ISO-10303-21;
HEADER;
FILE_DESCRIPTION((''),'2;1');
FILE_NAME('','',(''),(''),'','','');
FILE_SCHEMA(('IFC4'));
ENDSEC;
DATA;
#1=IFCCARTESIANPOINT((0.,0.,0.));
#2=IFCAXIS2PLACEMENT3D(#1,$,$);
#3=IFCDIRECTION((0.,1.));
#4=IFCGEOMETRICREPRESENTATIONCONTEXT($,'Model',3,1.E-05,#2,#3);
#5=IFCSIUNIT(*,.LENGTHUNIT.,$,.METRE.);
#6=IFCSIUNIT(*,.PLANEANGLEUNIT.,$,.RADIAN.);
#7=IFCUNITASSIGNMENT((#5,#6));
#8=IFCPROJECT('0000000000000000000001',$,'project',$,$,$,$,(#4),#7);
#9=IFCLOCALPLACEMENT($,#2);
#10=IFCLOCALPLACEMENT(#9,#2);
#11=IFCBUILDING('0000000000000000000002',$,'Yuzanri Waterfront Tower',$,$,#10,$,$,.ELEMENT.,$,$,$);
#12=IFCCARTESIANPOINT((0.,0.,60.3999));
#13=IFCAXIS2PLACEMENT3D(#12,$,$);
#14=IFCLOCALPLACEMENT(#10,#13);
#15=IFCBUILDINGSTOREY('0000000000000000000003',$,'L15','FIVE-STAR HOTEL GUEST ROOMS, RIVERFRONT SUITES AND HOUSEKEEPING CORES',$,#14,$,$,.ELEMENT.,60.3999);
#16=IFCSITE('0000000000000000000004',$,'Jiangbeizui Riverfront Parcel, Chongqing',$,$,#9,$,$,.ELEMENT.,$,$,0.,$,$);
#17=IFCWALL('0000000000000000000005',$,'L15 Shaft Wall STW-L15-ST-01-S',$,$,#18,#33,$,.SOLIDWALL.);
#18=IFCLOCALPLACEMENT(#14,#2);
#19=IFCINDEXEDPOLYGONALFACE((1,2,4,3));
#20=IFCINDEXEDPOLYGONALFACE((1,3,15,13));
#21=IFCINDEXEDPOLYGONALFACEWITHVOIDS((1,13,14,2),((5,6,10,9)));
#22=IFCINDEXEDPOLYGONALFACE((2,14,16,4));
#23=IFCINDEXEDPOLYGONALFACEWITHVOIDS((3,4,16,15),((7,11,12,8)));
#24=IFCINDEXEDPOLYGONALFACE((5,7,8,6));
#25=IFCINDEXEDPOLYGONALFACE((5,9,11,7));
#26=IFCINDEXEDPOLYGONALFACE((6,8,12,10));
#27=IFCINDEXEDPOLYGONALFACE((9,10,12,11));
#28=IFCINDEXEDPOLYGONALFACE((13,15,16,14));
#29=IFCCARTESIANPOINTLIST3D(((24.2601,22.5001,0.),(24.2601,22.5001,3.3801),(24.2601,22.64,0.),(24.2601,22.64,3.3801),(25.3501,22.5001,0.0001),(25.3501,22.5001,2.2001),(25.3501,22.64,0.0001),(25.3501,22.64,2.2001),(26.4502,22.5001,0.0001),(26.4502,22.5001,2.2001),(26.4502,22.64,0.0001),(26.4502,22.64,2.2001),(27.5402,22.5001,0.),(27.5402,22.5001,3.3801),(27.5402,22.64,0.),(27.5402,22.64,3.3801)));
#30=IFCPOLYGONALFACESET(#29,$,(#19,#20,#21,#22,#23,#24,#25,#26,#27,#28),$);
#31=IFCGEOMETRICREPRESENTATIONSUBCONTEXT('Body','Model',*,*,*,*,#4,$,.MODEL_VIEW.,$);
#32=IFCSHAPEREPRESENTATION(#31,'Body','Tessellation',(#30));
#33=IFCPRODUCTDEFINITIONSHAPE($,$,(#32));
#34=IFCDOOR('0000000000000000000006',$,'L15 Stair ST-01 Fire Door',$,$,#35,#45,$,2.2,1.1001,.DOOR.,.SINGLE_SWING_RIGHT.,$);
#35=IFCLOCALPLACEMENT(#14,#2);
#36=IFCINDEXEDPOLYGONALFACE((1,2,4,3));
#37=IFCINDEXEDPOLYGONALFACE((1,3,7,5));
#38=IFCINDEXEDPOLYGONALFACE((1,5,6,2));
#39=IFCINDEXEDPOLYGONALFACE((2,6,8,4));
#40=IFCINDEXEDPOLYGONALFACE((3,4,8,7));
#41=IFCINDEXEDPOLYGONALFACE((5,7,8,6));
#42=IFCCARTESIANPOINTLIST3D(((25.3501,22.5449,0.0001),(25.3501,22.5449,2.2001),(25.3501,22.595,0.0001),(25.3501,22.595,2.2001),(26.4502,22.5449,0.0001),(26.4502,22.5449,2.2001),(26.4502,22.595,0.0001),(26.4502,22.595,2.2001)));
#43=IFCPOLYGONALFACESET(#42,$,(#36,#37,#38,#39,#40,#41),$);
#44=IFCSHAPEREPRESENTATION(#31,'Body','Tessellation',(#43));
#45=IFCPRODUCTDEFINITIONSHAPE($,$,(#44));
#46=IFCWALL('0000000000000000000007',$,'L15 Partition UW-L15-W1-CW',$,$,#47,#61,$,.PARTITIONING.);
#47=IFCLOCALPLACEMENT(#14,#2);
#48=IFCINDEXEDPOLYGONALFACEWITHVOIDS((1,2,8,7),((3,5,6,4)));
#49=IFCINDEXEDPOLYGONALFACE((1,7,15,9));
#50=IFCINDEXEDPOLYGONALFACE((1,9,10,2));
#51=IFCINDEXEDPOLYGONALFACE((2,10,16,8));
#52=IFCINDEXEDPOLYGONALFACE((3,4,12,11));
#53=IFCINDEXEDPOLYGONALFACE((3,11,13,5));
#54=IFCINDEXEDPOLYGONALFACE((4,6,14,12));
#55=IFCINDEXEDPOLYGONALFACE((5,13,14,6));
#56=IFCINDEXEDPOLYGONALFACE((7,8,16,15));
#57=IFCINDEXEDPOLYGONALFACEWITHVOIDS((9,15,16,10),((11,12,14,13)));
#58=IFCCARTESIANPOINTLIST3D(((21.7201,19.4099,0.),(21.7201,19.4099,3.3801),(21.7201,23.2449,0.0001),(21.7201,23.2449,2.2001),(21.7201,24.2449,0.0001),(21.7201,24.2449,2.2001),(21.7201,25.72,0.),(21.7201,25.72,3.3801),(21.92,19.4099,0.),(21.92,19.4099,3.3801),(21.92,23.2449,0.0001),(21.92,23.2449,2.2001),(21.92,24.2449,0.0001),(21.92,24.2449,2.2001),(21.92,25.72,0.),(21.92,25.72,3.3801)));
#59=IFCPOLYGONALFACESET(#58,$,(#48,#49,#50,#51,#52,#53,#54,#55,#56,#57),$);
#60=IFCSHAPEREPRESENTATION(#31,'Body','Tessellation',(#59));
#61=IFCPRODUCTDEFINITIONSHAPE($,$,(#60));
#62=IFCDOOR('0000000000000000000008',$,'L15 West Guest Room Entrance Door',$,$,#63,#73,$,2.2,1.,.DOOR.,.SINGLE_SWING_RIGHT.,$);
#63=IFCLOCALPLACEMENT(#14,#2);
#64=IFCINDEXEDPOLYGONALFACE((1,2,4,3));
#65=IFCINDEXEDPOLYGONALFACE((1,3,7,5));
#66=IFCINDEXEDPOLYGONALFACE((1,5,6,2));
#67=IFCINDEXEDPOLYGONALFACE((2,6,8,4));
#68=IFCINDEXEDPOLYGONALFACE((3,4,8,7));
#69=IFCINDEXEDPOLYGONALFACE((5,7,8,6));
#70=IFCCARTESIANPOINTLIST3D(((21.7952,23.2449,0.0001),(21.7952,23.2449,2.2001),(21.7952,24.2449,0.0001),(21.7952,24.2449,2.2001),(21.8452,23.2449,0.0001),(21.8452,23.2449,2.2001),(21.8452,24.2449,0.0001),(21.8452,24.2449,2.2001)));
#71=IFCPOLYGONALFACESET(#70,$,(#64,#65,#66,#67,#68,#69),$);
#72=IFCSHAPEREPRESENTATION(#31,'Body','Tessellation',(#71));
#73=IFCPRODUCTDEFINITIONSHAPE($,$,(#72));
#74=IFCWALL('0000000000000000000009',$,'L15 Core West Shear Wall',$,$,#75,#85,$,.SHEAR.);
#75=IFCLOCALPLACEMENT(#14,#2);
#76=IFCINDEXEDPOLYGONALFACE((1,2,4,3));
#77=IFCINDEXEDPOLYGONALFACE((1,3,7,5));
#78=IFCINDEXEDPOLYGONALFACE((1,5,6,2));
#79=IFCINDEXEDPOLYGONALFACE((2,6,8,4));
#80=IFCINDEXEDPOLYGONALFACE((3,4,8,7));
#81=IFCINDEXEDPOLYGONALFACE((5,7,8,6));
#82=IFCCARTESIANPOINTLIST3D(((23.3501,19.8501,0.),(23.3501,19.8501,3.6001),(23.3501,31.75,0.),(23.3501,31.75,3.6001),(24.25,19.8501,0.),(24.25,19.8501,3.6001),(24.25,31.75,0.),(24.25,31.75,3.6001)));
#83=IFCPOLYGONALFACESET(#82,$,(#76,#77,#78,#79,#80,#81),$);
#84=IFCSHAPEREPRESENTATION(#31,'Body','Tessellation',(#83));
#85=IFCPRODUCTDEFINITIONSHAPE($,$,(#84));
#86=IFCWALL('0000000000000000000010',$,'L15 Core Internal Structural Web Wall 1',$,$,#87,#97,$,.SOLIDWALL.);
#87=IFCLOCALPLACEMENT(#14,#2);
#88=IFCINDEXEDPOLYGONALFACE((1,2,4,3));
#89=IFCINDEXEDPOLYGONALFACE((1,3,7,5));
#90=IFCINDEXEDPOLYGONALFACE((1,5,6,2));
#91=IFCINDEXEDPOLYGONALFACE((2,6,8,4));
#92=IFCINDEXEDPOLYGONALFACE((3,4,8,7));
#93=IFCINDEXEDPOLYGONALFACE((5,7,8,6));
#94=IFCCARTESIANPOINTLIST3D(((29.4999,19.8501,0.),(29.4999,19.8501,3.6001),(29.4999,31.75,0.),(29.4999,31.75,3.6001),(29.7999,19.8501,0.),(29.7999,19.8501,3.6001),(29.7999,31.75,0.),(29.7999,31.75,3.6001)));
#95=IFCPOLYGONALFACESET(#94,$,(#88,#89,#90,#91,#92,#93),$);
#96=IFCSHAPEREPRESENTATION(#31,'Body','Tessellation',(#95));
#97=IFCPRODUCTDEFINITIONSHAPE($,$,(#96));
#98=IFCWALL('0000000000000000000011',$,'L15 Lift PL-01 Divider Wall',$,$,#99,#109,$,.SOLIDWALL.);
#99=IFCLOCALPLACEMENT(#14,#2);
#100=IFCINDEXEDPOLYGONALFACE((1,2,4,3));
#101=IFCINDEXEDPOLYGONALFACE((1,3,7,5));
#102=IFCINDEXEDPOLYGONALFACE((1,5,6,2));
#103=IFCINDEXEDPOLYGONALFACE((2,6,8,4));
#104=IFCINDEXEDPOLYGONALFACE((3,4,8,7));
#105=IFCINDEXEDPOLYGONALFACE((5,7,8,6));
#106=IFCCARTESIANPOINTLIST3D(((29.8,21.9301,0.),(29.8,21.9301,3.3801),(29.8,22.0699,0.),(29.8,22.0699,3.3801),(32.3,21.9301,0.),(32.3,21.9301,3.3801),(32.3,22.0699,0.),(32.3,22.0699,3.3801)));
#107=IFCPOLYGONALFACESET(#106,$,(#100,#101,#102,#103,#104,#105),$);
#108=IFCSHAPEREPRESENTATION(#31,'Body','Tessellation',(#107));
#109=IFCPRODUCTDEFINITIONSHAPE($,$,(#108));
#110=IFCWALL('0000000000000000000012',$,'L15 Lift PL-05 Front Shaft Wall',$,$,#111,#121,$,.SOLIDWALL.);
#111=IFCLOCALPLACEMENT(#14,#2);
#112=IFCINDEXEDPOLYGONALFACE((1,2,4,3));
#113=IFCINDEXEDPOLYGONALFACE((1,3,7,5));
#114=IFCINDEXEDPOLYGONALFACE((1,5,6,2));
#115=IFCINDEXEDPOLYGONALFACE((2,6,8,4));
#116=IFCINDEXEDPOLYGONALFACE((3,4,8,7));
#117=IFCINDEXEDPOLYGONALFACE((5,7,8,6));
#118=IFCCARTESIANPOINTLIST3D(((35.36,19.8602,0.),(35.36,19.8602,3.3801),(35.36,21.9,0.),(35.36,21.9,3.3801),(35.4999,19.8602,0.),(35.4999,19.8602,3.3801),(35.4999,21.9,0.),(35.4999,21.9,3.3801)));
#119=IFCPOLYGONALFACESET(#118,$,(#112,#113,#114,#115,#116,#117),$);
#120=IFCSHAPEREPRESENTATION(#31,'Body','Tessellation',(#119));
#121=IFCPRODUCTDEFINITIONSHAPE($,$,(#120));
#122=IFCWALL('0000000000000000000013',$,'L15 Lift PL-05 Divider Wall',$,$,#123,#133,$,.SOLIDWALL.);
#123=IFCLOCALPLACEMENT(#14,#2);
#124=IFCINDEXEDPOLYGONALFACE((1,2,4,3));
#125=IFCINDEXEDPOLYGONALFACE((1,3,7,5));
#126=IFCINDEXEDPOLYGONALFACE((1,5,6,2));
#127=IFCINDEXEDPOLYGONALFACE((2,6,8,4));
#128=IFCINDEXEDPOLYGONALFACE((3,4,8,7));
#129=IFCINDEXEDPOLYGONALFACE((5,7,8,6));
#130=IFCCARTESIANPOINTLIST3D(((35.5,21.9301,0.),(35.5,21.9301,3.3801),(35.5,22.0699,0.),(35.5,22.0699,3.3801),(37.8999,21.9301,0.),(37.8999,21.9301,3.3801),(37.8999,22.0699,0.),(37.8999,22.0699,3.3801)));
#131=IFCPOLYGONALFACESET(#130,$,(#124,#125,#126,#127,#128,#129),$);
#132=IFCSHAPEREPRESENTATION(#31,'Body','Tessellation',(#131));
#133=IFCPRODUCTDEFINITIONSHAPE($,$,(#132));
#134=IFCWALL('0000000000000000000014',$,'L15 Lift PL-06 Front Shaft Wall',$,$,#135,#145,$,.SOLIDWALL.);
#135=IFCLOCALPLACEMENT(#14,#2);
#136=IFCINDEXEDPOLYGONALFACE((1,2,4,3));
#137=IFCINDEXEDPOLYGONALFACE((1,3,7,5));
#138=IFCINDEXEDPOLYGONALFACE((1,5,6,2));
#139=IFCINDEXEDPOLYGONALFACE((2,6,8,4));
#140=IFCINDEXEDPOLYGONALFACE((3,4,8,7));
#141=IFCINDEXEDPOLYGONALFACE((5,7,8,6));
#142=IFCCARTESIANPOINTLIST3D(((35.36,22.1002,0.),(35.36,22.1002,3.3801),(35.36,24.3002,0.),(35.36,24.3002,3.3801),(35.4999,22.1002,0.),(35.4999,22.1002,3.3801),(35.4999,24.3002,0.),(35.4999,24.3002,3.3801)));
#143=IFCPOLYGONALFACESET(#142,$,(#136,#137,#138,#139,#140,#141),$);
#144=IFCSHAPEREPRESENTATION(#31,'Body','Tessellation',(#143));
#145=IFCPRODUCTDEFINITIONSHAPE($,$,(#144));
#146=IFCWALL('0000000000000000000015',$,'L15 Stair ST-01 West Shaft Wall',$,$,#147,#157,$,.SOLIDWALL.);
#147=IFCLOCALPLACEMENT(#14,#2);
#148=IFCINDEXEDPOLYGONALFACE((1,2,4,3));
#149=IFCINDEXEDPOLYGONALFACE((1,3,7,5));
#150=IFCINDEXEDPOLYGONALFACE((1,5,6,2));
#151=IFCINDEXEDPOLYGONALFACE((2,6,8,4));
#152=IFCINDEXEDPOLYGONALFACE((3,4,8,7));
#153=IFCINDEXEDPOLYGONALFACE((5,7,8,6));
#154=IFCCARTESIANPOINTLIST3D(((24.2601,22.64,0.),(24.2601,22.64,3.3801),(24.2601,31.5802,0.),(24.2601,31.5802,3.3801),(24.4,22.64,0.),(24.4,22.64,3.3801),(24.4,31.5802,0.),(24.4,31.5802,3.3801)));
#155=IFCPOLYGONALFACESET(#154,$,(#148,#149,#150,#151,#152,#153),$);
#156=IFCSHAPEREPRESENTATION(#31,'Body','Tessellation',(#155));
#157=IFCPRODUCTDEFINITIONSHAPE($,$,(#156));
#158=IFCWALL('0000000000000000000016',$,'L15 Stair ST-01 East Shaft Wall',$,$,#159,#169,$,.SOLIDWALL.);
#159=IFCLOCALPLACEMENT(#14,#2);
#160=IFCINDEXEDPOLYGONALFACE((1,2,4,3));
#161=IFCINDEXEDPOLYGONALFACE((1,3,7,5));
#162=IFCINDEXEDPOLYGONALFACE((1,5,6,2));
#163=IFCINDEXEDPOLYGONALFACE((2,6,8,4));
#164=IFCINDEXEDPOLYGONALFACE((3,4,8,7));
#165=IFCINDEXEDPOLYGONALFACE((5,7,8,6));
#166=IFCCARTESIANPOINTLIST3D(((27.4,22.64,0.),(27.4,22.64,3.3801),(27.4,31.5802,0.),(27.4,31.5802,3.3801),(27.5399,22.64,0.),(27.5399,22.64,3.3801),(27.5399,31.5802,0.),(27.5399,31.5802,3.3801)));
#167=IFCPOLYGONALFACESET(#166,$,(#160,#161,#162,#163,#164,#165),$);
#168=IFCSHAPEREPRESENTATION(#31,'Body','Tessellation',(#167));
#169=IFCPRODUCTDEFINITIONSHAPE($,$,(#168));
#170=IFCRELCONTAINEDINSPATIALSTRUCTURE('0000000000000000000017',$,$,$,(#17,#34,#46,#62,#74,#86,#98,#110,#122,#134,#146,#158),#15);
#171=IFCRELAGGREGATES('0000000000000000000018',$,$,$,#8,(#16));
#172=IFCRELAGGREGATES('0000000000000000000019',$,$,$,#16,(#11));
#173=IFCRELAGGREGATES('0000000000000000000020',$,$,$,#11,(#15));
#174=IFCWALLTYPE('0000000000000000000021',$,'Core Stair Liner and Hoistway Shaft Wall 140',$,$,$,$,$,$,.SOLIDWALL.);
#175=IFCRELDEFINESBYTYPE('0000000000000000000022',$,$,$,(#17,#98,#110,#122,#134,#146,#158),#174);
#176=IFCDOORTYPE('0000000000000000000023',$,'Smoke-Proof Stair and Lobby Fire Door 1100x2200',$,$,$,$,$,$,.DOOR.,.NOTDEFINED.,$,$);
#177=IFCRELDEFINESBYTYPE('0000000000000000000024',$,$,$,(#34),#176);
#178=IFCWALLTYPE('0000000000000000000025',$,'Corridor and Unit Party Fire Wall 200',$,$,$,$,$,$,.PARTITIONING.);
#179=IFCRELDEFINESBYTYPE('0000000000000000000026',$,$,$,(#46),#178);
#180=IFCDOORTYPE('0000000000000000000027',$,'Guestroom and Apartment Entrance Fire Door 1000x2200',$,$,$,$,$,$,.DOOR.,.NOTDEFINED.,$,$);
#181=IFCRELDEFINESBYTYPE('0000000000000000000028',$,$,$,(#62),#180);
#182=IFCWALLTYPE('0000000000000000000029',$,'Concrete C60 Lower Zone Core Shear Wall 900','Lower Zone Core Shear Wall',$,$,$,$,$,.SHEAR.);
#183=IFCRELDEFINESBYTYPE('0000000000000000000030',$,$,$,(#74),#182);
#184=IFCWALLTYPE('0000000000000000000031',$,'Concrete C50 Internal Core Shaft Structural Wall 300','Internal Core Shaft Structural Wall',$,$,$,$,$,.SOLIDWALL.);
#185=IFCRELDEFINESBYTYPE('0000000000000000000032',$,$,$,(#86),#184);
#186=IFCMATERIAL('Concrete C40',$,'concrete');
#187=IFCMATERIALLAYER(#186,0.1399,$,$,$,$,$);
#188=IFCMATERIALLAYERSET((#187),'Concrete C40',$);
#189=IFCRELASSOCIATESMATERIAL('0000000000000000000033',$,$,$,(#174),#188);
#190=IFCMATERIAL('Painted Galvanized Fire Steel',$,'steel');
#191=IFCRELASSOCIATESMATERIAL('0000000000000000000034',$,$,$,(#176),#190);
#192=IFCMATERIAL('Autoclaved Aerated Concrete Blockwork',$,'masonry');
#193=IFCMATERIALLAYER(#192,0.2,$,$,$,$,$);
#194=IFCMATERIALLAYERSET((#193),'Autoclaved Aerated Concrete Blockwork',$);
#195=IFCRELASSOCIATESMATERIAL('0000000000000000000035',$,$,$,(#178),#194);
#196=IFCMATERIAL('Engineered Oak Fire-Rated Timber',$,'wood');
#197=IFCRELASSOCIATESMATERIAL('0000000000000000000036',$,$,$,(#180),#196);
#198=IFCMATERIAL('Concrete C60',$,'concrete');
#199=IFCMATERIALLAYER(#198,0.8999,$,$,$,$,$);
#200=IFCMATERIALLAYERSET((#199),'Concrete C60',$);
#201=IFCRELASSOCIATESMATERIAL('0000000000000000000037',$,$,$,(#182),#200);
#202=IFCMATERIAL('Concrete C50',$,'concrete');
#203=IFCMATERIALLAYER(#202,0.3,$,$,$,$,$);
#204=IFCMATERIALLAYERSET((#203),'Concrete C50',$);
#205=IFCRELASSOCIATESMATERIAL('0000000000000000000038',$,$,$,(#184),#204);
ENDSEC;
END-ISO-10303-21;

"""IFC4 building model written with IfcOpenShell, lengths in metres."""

from ifc_helpers import new_model, si_unit, direction, frame, frame_2d, origin, place, context, subcontext, project, spatial, rectangle, extrude, source, transform, mapped, material, layer, layer_set, type_object, element, fill, save


model = new_model("IFC4")

# Units and contexts
model_context = context("Model", 3, precision=1e-05, world=origin(), true_north=direction((0.0, 1.0)))
body_context = subcontext(model_context, "Body", "Model", "MODEL_VIEW")
ifc_project = project(units=[si_unit("LENGTHUNIT", "METRE"), si_unit("PLANEANGLEUNIT", "RADIAN")], contexts=[model_context])

# Site, building, storey
site_placement = place(None, origin())
site = spatial("IfcSite", under=ifc_project, at=site_placement, Name="Jiangbeizui Riverfront Parcel, Chongqing", CompositionType="ELEMENT", RefElevation=0.0)
building_placement = place(site_placement, origin())
building = spatial("IfcBuilding", under=site, at=building_placement, Name="Yuzanri Waterfront Tower", CompositionType="ELEMENT")
storey_placement = place(building_placement, frame((0.0, 0.0, 60.3999)))
storey = spatial("IfcBuildingStorey", under=building, at=storey_placement, Name="L15", Description="FIVE-STAR HOTEL GUEST ROOMS, RIVERFRONT SUITES AND HOUSEKEEPING CORES", CompositionType="ELEMENT", Elevation=60.3999)

# Walls, openings, doors
ifc_material_1 = material(Name="Concrete C40", Category="concrete")
ifc_layer_1 = layer(ifc_material_1, 0.1399)
ifc_layer_set_1 = layer_set([ifc_layer_1], Name="Concrete C40")
wall_type_1 = type_object("IfcWallType", Name="Core Stair Liner and Hoistway Shaft Wall 140", PredefinedType="SOLIDWALL", material=ifc_layer_set_1)
wall_1_placement = place(storey_placement, frame((24.26, 22.5701, 0.0), z_axis=(0.0, 0.0, 1.0), x_axis=(1.0, 0.0, 0.0)))
wall_1 = element("IfcWall", 1, at=wall_1_placement, inside=storey, type_object=wall_type_1, Name="L15 Shaft Wall STW-L15-ST-01-S", PredefinedType="SOLIDWALL", context=body_context, shape_type="SweptSolid", body=[
    extrude(rectangle(XDim=3.28, YDim=0.1399, at=frame_2d((1.6401, 0.0))), origin(), (0.0, 0.0, 1.0), 3.3801),
])
opening_1_placement = place(wall_1_placement, frame((1.0901, 0.0, 0.0)))
opening_1 = element("IfcOpeningElement", 2, at=opening_1_placement, cuts=wall_1, PredefinedType="OPENING", context=body_context, shape_type="SweptSolid", body=[
    extrude(rectangle(XDim=1.1001, YDim=2.2, at=frame_2d((0.55, 1.1001))), frame((0.0, 0.085, 0.0), z_axis=(0.0, -1.0, 0.0), x_axis=(1.0, 0.0, 0.0)), (0.0, 0.0, 1.0), 0.1697),
])
ifc_material_2 = material(Name="Painted Galvanized Fire Steel", Category="steel")
door_type_1 = type_object("IfcDoorType", Name="Smoke-Proof Stair and Lobby Fire Door 1100x2200", OperationType="NOTDEFINED", PredefinedType="DOOR", material=ifc_material_2)
shared_shape_1 = source(origin(), body_context, "Body", "SweptSolid", [
    extrude(rectangle(XDim=1.1001, YDim=2.2, at=frame_2d((0.55, 1.1001))), frame((0.0, 0.0249, 0.0), z_axis=(0.0, -1.0, 0.0), x_axis=(1.0, 0.0, 0.0)), (0.0, 0.0, 1.0), 0.05),
])
door_1_placement = place(opening_1_placement, origin())
door_1 = element("IfcDoor", 3, at=door_1_placement, inside=storey, type_object=door_type_1, Name="L15 Stair ST-01 Fire Door", OperationType="SINGLE_SWING_RIGHT", OverallHeight=2.2, OverallWidth=1.1001, PredefinedType="DOOR", context=body_context, shape_type="MappedRepresentation", body=[
    mapped(shared_shape_1, transform((0.0, 0.0, 0.0), scale=1.0)),
])
fill(opening_1, door_1)
ifc_material_3 = material(Name="Autoclaved Aerated Concrete Blockwork", Category="masonry")
ifc_layer_2 = layer(ifc_material_3, 0.2)
ifc_layer_set_2 = layer_set([ifc_layer_2], Name="Autoclaved Aerated Concrete Blockwork")
wall_type_2 = type_object("IfcWallType", Name="Corridor and Unit Party Fire Wall 200", PredefinedType="PARTITIONING", material=ifc_layer_set_2)
wall_2_placement = place(storey_placement, frame((21.8201, 19.4099, 0.0), z_axis=(0.0, 0.0, 1.0), x_axis=(0.0, 1.0, 0.0)))
wall_2 = element("IfcWall", 4, at=wall_2_placement, inside=storey, type_object=wall_type_2, Name="L15 Partition UW-L15-W1-CW", PredefinedType="PARTITIONING", context=body_context, shape_type="SweptSolid", body=[
    extrude(rectangle(XDim=6.3101, YDim=0.2, at=frame_2d((3.155, 0.0))), origin(), (0.0, 0.0, 1.0), 3.3801),
])
opening_2_placement = place(wall_2_placement, frame((3.835, 0.0, 0.0)))
opening_2 = element("IfcOpeningElement", 5, at=opening_2_placement, cuts=wall_2, PredefinedType="OPENING", context=body_context, shape_type="SweptSolid", body=[
    extrude(rectangle(XDim=1.0, YDim=2.2, at=frame_2d((0.5, 1.1001))), frame((0.0, 0.1147, 0.0), z_axis=(0.0, -1.0, 0.0), x_axis=(1.0, 0.0, 0.0)), (0.0, 0.0, 1.0), 0.2297),
])
ifc_material_4 = material(Name="Engineered Oak Fire-Rated Timber", Category="wood")
door_type_2 = type_object("IfcDoorType", Name="Guestroom and Apartment Entrance Fire Door 1000x2200", OperationType="NOTDEFINED", PredefinedType="DOOR", material=ifc_material_4)
shared_shape_2 = source(origin(), body_context, "Body", "SweptSolid", [
    extrude(rectangle(XDim=1.0, YDim=2.2, at=frame_2d((0.5, 1.1001))), frame((0.0, 0.0249, 0.0), z_axis=(0.0, -1.0, 0.0), x_axis=(1.0, 0.0, 0.0)), (0.0, 0.0, 1.0), 0.05),
])
door_2_placement = place(opening_2_placement, origin())
door_2 = element("IfcDoor", 6, at=door_2_placement, inside=storey, type_object=door_type_2, Name="L15 West Guest Room Entrance Door", OperationType="SINGLE_SWING_RIGHT", OverallHeight=2.2, OverallWidth=1.0, PredefinedType="DOOR", context=body_context, shape_type="MappedRepresentation", body=[
    mapped(shared_shape_2, transform((0.0, 0.0, 0.0), scale=1.0)),
])
fill(opening_2, door_2)

# Walls
ifc_material_5 = material(Name="Concrete C60", Category="concrete")
ifc_layer_3 = layer(ifc_material_5, 0.8999)
ifc_layer_set_3 = layer_set([ifc_layer_3], Name="Concrete C60")
wall_type_3 = type_object("IfcWallType", Name="Concrete C60 Lower Zone Core Shear Wall 900", Description="Lower Zone Core Shear Wall", PredefinedType="SHEAR", material=ifc_layer_set_3)
shared_shape_3 = source(origin(), body_context, "Body", "SweptSolid", [
    extrude(rectangle(XDim=11.8999, YDim=0.8999, at=frame_2d((5.95, 0.0))), origin(), (0.0, 0.0, 1.0), 3.6001),
])
wall_3_placement = place(storey_placement, frame((23.8, 19.8501, 0.0), z_axis=(0.0, 0.0, 1.0), x_axis=(0.0, 1.0, 0.0)))
element("IfcWall", 7, at=wall_3_placement, inside=storey, type_object=wall_type_3, Name="L15 Core West Shear Wall", PredefinedType="SHEAR", context=body_context, shape_type="MappedRepresentation", body=[
    mapped(shared_shape_3, transform((0.0, 0.0, 0.0), scale=1.0)),
])
ifc_material_6 = material(Name="Concrete C50", Category="concrete")
ifc_layer_4 = layer(ifc_material_6, 0.3)
ifc_layer_set_4 = layer_set([ifc_layer_4], Name="Concrete C50")
wall_type_4 = type_object("IfcWallType", Name="Concrete C50 Internal Core Shaft Structural Wall 300", Description="Internal Core Shaft Structural Wall", PredefinedType="SOLIDWALL", material=ifc_layer_set_4)
shared_shape_4 = source(origin(), body_context, "Body", "SweptSolid", [
    extrude(rectangle(XDim=11.8999, YDim=0.3, at=frame_2d((5.95, 0.0))), origin(), (0.0, 0.0, 1.0), 3.6001),
])
wall_4_placement = place(storey_placement, frame((29.6499, 19.8501, 0.0), z_axis=(0.0, 0.0, 1.0), x_axis=(0.0, 1.0, 0.0)))
element("IfcWall", 8, at=wall_4_placement, inside=storey, type_object=wall_type_4, Name="L15 Core Internal Structural Web Wall 1", PredefinedType="SOLIDWALL", context=body_context, shape_type="MappedRepresentation", body=[
    mapped(shared_shape_4, transform((0.0, 0.0, 0.0), scale=1.0)),
])
shared_shape_5 = source(origin(), body_context, "Body", "SweptSolid", [
    extrude(rectangle(XDim=2.5, YDim=0.1399, at=frame_2d((1.25, 0.0))), origin(), (0.0, 0.0, 1.0), 3.3801),
])
wall_5_placement = place(storey_placement, frame((29.8, 22.0, 0.0), z_axis=(0.0, 0.0, 1.0), x_axis=(1.0, 0.0, 0.0)))
element("IfcWall", 9, at=wall_5_placement, inside=storey, type_object=wall_type_1, Name="L15 Lift PL-01 Divider Wall", PredefinedType="SOLIDWALL", context=body_context, shape_type="MappedRepresentation", body=[
    mapped(shared_shape_5, transform((0.0, 0.0, 0.0), scale=1.0)),
])
shared_shape_6 = source(origin(), body_context, "Body", "SweptSolid", [
    extrude(rectangle(XDim=2.0398, YDim=0.1399, at=frame_2d((1.02, 0.0))), origin(), (0.0, 0.0, 1.0), 3.3801),
])
wall_6_placement = place(storey_placement, frame((35.4299, 19.8601, 0.0), z_axis=(0.0, 0.0, 1.0), x_axis=(0.0, 1.0, 0.0)))
element("IfcWall", 10, at=wall_6_placement, inside=storey, type_object=wall_type_1, Name="L15 Lift PL-05 Front Shaft Wall", PredefinedType="SOLIDWALL", context=body_context, shape_type="MappedRepresentation", body=[
    mapped(shared_shape_6, transform((0.0, 0.0, 0.0), scale=1.0)),
])
shared_shape_7 = source(origin(), body_context, "Body", "SweptSolid", [
    extrude(rectangle(XDim=2.3999, YDim=0.1399, at=frame_2d((1.2, 0.0))), origin(), (0.0, 0.0, 1.0), 3.3801),
])
wall_7_placement = place(storey_placement, frame((35.5, 22.0, 0.0), z_axis=(0.0, 0.0, 1.0), x_axis=(1.0, 0.0, 0.0)))
element("IfcWall", 11, at=wall_7_placement, inside=storey, type_object=wall_type_1, Name="L15 Lift PL-05 Divider Wall", PredefinedType="SOLIDWALL", context=body_context, shape_type="MappedRepresentation", body=[
    mapped(shared_shape_7, transform((0.0, 0.0, 0.0), scale=1.0)),
])
shared_shape_8 = source(origin(), body_context, "Body", "SweptSolid", [
    extrude(rectangle(XDim=2.2, YDim=0.1399, at=frame_2d((1.1001, 0.0))), origin(), (0.0, 0.0, 1.0), 3.3801),
])
wall_8_placement = place(storey_placement, frame((35.4299, 22.1001, 0.0), z_axis=(0.0, 0.0, 1.0), x_axis=(0.0, 1.0, 0.0)))
element("IfcWall", 12, at=wall_8_placement, inside=storey, type_object=wall_type_1, Name="L15 Lift PL-06 Front Shaft Wall", PredefinedType="SOLIDWALL", context=body_context, shape_type="MappedRepresentation", body=[
    mapped(shared_shape_8, transform((0.0, 0.0, 0.0), scale=1.0)),
])
shared_shape_9 = source(origin(), body_context, "Body", "SweptSolid", [
    extrude(rectangle(XDim=8.9402, YDim=0.1399, at=frame_2d((4.4702, 0.0))), origin(), (0.0, 0.0, 1.0), 3.3801),
])
for number, where, z_axis, x_axis, name in (
    (13, (24.3301, 22.6399, 0.0), (0.0, 0.0, 1.0), (0.0, 1.0, 0.0), "L15 Stair ST-01 West Shaft Wall"),
    (14, (27.47, 22.6399, 0.0), (0.0, 0.0, 1.0), (0.0, 1.0, 0.0), "L15 Stair ST-01 East Shaft Wall"),
):
    element("IfcWall", number, at=place(storey_placement, frame(where, z_axis=z_axis, x_axis=x_axis)), inside=storey, type_object=wall_type_1, Name=name, PredefinedType="SOLIDWALL", context=body_context, shape_type="MappedRepresentation", body=[
        mapped(shared_shape_9, transform((0.0, 0.0, 0.0), scale=1.0)),
    ])

save(model, "model.ifc")
